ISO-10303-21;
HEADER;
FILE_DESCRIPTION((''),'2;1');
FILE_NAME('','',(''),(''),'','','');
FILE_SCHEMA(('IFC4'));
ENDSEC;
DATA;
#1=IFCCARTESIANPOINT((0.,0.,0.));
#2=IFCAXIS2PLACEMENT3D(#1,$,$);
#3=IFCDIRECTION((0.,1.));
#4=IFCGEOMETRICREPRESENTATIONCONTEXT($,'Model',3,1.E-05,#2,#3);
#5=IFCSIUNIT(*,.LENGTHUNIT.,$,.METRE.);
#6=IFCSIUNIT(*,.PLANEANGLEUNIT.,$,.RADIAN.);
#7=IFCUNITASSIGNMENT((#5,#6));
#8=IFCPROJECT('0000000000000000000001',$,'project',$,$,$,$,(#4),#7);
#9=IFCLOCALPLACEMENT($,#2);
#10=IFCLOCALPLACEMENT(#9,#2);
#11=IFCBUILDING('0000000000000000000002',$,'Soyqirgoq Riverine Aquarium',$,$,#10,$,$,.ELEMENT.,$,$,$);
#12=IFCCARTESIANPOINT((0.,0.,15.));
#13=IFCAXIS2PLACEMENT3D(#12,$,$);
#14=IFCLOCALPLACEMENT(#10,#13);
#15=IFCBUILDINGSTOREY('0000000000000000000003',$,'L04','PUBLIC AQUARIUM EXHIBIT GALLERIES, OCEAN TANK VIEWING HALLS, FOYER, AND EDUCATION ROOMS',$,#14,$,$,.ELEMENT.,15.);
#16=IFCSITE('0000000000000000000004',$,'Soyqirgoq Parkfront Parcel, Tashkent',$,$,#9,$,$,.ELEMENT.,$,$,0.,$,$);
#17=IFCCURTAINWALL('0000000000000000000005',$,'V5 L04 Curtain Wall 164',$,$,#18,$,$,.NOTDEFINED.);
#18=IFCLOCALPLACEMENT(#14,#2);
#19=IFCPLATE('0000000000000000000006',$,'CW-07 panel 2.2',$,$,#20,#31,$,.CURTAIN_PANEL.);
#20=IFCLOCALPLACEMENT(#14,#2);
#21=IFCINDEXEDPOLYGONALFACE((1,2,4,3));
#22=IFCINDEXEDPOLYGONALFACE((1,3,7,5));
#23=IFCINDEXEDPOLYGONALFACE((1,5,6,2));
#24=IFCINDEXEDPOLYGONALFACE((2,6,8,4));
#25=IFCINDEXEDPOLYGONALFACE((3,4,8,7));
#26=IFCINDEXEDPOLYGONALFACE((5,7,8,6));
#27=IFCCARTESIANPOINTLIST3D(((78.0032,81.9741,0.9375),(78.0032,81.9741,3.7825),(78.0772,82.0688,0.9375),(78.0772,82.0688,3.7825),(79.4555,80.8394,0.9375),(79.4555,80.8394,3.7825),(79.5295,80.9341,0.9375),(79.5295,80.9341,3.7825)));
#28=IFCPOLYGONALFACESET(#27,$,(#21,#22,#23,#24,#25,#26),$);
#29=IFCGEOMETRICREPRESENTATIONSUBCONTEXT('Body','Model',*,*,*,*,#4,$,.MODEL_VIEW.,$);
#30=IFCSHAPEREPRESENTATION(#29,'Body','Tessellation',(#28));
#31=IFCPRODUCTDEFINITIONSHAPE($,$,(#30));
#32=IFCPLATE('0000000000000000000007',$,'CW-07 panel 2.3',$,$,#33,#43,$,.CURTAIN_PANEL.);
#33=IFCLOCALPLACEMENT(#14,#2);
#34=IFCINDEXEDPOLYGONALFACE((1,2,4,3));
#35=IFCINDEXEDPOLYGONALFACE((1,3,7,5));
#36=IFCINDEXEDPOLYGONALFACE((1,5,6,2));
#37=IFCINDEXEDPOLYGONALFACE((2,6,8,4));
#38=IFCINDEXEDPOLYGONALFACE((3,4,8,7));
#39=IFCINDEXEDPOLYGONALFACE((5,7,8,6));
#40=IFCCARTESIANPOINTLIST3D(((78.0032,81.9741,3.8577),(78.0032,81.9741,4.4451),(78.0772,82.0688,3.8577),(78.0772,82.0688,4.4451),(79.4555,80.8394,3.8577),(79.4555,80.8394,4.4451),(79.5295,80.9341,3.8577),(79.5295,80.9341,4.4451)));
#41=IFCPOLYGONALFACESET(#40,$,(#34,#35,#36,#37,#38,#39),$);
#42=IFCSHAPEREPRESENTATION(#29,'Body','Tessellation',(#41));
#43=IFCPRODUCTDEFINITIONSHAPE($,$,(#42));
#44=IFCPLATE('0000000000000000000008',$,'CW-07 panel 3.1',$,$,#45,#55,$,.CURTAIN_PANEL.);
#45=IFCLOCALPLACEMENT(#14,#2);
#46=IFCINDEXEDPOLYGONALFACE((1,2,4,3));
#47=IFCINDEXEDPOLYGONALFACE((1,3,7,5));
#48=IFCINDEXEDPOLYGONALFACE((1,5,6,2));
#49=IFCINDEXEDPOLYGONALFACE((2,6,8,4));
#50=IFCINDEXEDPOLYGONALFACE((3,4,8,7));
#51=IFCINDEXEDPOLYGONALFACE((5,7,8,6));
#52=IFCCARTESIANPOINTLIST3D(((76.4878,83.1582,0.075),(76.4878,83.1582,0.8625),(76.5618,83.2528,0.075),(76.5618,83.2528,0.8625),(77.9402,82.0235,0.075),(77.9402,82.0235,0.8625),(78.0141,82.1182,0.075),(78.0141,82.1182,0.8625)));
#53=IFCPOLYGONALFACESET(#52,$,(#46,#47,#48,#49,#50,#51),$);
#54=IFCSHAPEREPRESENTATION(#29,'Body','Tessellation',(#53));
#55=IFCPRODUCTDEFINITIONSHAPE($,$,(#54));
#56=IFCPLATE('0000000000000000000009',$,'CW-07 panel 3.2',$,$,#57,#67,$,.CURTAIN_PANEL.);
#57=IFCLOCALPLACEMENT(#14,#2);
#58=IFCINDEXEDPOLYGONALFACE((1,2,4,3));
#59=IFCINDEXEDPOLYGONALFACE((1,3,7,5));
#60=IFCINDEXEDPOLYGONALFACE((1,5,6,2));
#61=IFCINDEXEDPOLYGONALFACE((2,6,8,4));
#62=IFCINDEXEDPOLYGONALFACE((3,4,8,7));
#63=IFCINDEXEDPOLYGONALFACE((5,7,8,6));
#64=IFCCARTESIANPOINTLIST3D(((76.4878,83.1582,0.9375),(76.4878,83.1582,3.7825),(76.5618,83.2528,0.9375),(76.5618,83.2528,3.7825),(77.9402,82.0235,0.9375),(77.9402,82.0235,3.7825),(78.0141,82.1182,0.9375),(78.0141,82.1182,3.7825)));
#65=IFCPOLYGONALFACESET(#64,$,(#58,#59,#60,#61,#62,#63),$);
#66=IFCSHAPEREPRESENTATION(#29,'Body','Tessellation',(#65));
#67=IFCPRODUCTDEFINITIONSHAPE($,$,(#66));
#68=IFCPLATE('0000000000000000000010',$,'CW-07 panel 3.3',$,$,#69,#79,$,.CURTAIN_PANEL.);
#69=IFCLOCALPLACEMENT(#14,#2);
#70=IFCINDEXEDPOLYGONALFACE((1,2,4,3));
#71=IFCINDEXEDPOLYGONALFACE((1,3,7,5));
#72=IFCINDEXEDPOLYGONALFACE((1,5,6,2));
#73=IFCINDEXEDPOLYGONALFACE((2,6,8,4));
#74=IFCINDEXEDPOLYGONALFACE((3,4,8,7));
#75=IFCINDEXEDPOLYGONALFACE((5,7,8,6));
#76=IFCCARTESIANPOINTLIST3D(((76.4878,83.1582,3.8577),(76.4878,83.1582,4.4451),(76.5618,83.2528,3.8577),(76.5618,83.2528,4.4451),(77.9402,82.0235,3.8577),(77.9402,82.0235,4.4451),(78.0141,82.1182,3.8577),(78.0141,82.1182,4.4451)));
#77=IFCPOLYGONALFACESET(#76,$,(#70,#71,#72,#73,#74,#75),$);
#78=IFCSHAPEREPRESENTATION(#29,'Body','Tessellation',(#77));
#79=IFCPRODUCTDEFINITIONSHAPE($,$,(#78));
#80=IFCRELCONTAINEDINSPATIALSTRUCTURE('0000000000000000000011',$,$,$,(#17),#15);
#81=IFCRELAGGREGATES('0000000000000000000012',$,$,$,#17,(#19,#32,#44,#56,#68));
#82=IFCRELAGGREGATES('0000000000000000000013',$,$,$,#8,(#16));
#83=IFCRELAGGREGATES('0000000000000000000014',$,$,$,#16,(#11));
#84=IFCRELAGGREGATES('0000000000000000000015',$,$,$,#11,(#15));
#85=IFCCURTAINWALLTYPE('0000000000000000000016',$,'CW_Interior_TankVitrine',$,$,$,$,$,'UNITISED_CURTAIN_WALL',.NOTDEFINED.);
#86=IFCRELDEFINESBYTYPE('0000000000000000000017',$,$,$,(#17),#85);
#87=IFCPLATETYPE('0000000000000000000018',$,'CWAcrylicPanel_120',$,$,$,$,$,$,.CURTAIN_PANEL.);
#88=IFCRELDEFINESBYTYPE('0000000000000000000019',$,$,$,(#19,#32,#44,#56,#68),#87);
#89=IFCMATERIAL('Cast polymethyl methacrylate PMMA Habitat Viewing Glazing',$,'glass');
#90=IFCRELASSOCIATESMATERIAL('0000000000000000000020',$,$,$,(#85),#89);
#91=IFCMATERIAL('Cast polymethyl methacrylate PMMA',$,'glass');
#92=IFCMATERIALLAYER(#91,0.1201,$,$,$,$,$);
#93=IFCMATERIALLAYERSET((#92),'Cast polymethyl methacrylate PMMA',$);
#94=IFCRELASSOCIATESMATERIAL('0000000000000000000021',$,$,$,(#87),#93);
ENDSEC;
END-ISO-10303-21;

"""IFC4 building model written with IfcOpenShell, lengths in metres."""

from ifc_helpers import new_model, si_unit, direction, frame, origin, origin_2d, place, context, subcontext, project, spatial, rectangle, extrude, material, layer, layer_set, type_object, element, aggregate, save


model = new_model("IFC4")

# Units and contexts
model_context = context("Model", 3, precision=1e-05, world=origin(), true_north=direction((0.0, 1.0)))
body_context = subcontext(model_context, "Body", "Model", "MODEL_VIEW")
ifc_project = project(units=[si_unit("LENGTHUNIT", "METRE"), si_unit("PLANEANGLEUNIT", "RADIAN")], contexts=[model_context])

# Site, building, storey
site_placement = place(None, origin())
site = spatial("IfcSite", under=ifc_project, at=site_placement, Name="Soyqirgoq Parkfront Parcel, Tashkent", CompositionType="ELEMENT", RefElevation=0.0)
building_placement = place(site_placement, origin())
building = spatial("IfcBuilding", under=site, at=building_placement, Name="Soyqirgoq Riverine Aquarium", CompositionType="ELEMENT")
storey_placement = place(building_placement, frame((0.0, 0.0, 15.0)))
storey = spatial("IfcBuildingStorey", under=building, at=storey_placement, Name="L04", Description="PUBLIC AQUARIUM EXHIBIT GALLERIES, OCEAN TANK VIEWING HALLS, FOYER, AND EDUCATION ROOMS", CompositionType="ELEMENT", Elevation=15.0)

# Curtain wall
ifc_material_1 = material(Name="Cast polymethyl methacrylate PMMA Habitat Viewing Glazing", Category="glass")
curtain_wall_type = type_object("IfcCurtainWallType", Name="CW_Interior_TankVitrine", ElementType="UNITISED_CURTAIN_WALL", PredefinedType="NOTDEFINED", material=ifc_material_1)
curtain_wall_placement = place(storey_placement, origin())
curtain_wall = element("IfcCurtainWall", 1, at=curtain_wall_placement, inside=storey, type_object=curtain_wall_type, Name="V5 L04 Curtain Wall 164", PredefinedType="NOTDEFINED")

# Plates
ifc_material_2 = material(Name="Cast polymethyl methacrylate PMMA", Category="glass")
ifc_layer = layer(ifc_material_2, 0.1201)
ifc_layer_set = layer_set([ifc_layer], Name="Cast polymethyl methacrylate PMMA")
plate_type = type_object("IfcPlateType", Name="CWAcrylicPanel_120", PredefinedType="CURTAIN_PANEL", material=ifc_layer_set)
plate_1_placement = place(storey_placement, frame((78.7664, 81.4541, 0.9375), z_axis=(0.0, 0.0, 1.0), x_axis=(-0.788016, 0.615655, 0.0)))
plate_1 = element("IfcPlate", 2, at=plate_1_placement, type_object=plate_type, Name="CW-07 panel 2.2", PredefinedType="CURTAIN_PANEL", context=body_context, shape_type="SweptSolid", body=[
    extrude(rectangle(XDim=1.843, YDim=0.1201, at=origin_2d()), origin(), (0.0, 0.0, 1.0), 2.845),
])
plate_2_placement = place(storey_placement, frame((78.7664, 81.4541, 3.8577), z_axis=(0.0, 0.0, 1.0), x_axis=(-0.788016, 0.615655, 0.0)))
plate_2 = element("IfcPlate", 3, at=plate_2_placement, type_object=plate_type, Name="CW-07 panel 2.3", PredefinedType="CURTAIN_PANEL", context=body_context, shape_type="SweptSolid", body=[
    extrude(rectangle(XDim=1.843, YDim=0.1201, at=origin_2d()), origin(), (0.0, 0.0, 1.0), 0.5874),
])
plate_3_placement = place(storey_placement, frame((77.251, 82.6382, 0.075), z_axis=(0.0, 0.0, 1.0), x_axis=(-0.788016, 0.615655, 0.0)))
plate_3 = element("IfcPlate", 4, at=plate_3_placement, type_object=plate_type, Name="CW-07 panel 3.1", PredefinedType="CURTAIN_PANEL", context=body_context, shape_type="SweptSolid", body=[
    extrude(rectangle(XDim=1.843, YDim=0.1201, at=origin_2d()), origin(), (0.0, 0.0, 1.0), 0.7876),
])
plate_4_placement = place(storey_placement, frame((77.251, 82.6382, 0.9375), z_axis=(0.0, 0.0, 1.0), x_axis=(-0.788016, 0.615655, 0.0)))
plate_4 = element("IfcPlate", 5, at=plate_4_placement, type_object=plate_type, Name="CW-07 panel 3.2", PredefinedType="CURTAIN_PANEL", context=body_context, shape_type="SweptSolid", body=[
    extrude(rectangle(XDim=1.843, YDim=0.1201, at=origin_2d()), origin(), (0.0, 0.0, 1.0), 2.845),
])
plate_5_placement = place(storey_placement, frame((77.251, 82.6382, 3.8577), z_axis=(0.0, 0.0, 1.0), x_axis=(-0.788016, 0.615655, 0.0)))
plate_5 = element("IfcPlate", 6, at=plate_5_placement, type_object=plate_type, Name="CW-07 panel 3.3", PredefinedType="CURTAIN_PANEL", context=body_context, shape_type="SweptSolid", body=[
    extrude(rectangle(XDim=1.843, YDim=0.1201, at=origin_2d()), origin(), (0.0, 0.0, 1.0), 0.5874),
])
aggregate(curtain_wall, [plate_1, plate_2, plate_3, plate_4, plate_5])

save(model, "model.ifc")
